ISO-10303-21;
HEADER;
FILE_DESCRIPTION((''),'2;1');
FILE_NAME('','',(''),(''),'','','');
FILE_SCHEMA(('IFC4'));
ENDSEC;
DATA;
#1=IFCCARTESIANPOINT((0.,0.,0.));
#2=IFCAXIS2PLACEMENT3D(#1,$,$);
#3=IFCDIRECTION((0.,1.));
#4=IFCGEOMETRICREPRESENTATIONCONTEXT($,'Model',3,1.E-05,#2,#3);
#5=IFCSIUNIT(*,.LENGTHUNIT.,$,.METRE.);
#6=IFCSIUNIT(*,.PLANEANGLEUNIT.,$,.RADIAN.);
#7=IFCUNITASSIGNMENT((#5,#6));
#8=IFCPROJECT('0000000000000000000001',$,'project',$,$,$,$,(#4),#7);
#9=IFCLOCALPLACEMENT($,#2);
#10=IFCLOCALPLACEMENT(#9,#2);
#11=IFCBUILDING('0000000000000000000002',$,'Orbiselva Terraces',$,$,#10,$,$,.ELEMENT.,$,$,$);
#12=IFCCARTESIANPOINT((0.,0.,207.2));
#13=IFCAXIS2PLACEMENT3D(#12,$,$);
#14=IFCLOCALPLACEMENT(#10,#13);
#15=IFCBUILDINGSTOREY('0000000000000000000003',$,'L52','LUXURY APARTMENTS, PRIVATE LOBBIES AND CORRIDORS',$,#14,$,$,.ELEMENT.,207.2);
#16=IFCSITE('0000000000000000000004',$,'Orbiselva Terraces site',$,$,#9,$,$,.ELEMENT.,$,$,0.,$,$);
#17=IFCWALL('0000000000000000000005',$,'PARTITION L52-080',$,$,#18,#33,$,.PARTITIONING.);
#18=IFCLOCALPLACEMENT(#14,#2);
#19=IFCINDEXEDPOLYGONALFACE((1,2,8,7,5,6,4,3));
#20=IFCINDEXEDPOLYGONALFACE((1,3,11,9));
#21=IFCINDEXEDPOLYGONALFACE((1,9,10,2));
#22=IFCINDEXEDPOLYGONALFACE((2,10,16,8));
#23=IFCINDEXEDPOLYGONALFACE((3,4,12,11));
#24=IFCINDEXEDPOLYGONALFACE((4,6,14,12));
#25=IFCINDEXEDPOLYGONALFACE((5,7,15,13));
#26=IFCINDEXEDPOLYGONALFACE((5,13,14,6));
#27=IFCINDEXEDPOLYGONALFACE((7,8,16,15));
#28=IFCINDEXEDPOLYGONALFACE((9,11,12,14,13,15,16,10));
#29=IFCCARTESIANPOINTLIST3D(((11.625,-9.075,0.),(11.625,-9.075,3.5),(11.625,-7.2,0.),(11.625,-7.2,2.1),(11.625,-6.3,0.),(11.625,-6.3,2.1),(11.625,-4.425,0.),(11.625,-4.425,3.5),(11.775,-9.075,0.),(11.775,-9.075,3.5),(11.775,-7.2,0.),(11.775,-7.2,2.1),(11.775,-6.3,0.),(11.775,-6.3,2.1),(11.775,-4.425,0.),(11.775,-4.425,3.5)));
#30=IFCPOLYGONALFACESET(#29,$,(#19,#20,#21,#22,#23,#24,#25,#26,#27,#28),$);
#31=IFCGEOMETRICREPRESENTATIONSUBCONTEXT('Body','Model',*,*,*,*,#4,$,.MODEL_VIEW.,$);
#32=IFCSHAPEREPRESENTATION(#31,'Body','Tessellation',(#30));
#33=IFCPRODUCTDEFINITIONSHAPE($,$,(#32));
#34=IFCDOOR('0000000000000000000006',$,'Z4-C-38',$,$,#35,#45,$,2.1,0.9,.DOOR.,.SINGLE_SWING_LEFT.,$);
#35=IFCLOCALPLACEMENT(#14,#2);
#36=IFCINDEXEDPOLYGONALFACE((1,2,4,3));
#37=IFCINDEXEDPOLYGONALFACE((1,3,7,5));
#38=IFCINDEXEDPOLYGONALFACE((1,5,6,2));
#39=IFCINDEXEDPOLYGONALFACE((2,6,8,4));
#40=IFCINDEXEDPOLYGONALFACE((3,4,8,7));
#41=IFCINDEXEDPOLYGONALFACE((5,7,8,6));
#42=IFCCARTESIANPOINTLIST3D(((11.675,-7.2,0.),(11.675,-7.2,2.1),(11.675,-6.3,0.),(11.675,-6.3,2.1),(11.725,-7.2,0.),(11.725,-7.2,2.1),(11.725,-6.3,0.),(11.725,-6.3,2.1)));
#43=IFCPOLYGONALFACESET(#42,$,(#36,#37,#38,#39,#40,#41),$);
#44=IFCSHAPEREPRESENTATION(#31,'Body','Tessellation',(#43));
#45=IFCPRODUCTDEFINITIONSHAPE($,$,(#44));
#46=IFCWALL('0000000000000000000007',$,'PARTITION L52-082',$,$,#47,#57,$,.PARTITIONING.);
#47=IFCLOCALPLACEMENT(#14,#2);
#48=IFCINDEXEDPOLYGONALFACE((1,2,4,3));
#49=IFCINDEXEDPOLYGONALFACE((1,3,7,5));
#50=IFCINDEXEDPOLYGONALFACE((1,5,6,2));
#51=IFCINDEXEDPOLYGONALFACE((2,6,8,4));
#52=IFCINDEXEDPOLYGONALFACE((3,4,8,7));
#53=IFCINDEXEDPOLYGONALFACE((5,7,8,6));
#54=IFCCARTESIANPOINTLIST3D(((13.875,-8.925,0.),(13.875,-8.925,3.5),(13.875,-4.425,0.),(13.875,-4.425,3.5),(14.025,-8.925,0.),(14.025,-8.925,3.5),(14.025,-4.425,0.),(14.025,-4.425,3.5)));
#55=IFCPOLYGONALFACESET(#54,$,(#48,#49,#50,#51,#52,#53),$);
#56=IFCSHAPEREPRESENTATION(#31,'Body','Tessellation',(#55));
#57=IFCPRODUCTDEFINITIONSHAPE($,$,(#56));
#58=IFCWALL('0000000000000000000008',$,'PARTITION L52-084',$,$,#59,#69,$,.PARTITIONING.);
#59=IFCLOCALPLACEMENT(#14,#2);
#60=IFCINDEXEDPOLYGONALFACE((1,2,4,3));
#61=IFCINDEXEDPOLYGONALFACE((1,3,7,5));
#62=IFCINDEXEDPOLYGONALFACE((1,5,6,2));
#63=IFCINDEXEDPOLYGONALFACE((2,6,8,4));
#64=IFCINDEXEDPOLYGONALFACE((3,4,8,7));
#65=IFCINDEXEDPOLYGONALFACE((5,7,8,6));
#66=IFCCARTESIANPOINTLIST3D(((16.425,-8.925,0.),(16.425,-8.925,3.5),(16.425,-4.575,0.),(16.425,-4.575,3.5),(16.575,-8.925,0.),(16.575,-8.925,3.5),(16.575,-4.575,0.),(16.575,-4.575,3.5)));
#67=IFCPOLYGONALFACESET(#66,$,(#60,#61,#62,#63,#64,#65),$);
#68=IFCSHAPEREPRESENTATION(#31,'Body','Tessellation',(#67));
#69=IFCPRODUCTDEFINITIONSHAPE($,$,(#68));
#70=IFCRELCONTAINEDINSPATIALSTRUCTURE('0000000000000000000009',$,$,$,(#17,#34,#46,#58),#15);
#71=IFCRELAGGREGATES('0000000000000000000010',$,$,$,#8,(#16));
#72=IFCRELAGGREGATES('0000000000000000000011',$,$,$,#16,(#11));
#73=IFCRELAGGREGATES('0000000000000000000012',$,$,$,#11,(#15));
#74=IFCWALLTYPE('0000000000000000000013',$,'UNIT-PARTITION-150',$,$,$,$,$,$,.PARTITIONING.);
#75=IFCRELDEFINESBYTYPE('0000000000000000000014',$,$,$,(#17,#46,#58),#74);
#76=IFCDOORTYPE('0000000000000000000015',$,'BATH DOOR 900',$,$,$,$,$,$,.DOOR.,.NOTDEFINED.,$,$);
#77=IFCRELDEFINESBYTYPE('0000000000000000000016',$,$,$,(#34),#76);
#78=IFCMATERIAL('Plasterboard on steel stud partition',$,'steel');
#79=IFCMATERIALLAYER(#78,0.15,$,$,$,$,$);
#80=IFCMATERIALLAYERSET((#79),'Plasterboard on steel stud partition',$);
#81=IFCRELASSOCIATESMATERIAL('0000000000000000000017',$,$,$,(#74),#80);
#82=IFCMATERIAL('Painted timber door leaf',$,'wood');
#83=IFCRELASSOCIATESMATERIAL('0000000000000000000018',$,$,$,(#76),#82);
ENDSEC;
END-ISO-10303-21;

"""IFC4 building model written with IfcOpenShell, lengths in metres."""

from ifc_helpers import new_model, si_unit, direction, frame, frame_2d, origin, place, context, subcontext, project, spatial, rectangle, extrude, material, layer, layer_set, type_object, element, fill, save


model = new_model("IFC4")

# Units and contexts
model_context = context("Model", 3, precision=1e-05, world=origin(), true_north=direction((0.0, 1.0)))
body_context = subcontext(model_context, "Body", "Model", "MODEL_VIEW")
ifc_project = project(units=[si_unit("LENGTHUNIT", "METRE"), si_unit("PLANEANGLEUNIT", "RADIAN")], contexts=[model_context])

# Site, building, storey
site_placement = place(None, origin())
site = spatial("IfcSite", under=ifc_project, at=site_placement, Name="Orbiselva Terraces site", CompositionType="ELEMENT", RefElevation=0.0)
building_placement = place(site_placement, origin())
building = spatial("IfcBuilding", under=site, at=building_placement, Name="Orbiselva Terraces", CompositionType="ELEMENT")
storey_placement = place(building_placement, frame((0.0, 0.0, 207.2)))
storey = spatial("IfcBuildingStorey", under=building, at=storey_placement, Name="L52", Description="LUXURY APARTMENTS, PRIVATE LOBBIES AND CORRIDORS", CompositionType="ELEMENT", Elevation=207.2)

# Shared definitions
ifc_material_1 = material(Name="Plasterboard on steel stud partition", Category="steel")

# Shared definitions
ifc_layer_1 = layer(ifc_material_1, 0.15)
ifc_layer_set_1 = layer_set([ifc_layer_1], Name="Plasterboard on steel stud partition")
wall_type_1 = type_object("IfcWallType", Name="UNIT-PARTITION-150", PredefinedType="PARTITIONING", material=ifc_layer_set_1)
ifc_material_2 = material(Name="Painted timber door leaf", Category="wood")

# Wall, opening, door
wall_1_placement = place(storey_placement, frame((11.7, -9.075, 0.0), z_axis=(0.0, 0.0, 1.0), x_axis=(0.0, 1.0, 0.0)))
wall_1 = element("IfcWall", 1, at=wall_1_placement, inside=storey, type_object=wall_type_1, Name="PARTITION L52-080", PredefinedType="PARTITIONING", context=body_context, shape_type="SweptSolid", body=[
    extrude(rectangle(XDim=4.65, YDim=0.15, at=frame_2d((2.325, 0.0))), origin(), (0.0, 0.0, 1.0), 3.5),
])
opening_1_placement = place(wall_1_placement, frame((1.875, 0.0, 0.0)))
opening_1 = element("IfcOpeningElement", 2, at=opening_1_placement, cuts=wall_1, PredefinedType="OPENING", context=body_context, shape_type="SweptSolid", body=[
    extrude(rectangle(XDim=0.9, YDim=2.1, at=frame_2d((0.45, 1.05))), frame((0.0, 0.085, 0.0), z_axis=(0.0, -1.0, 0.0), x_axis=(1.0, 0.0, 0.0)), (0.0, 0.0, 1.0), 0.17),
])
door_type_1 = type_object("IfcDoorType", Name="BATH DOOR 900", OperationType="NOTDEFINED", PredefinedType="DOOR", material=ifc_material_2)
door_1_placement = place(opening_1_placement, origin())
door_1 = element("IfcDoor", 3, at=door_1_placement, inside=storey, type_object=door_type_1, Name="Z4-C-38", OperationType="SINGLE_SWING_LEFT", OverallHeight=2.1, OverallWidth=0.9, PredefinedType="DOOR", context=body_context, shape_type="SweptSolid", body=[
    extrude(rectangle(XDim=0.9, YDim=2.1, at=frame_2d((0.45, 1.05))), frame((0.0, 0.025, 0.0), z_axis=(0.0, -1.0, 0.0), x_axis=(1.0, 0.0, 0.0)), (0.0, 0.0, 1.0), 0.05),
])
fill(opening_1, door_1)

# Walls
wall_2_placement = place(storey_placement, frame((13.95, -8.925, 0.0), z_axis=(0.0, 0.0, 1.0), x_axis=(0.0, 1.0, 0.0)))
element("IfcWall", 4, at=wall_2_placement, inside=storey, type_object=wall_type_1, Name="PARTITION L52-082", PredefinedType="PARTITIONING", context=body_context, shape_type="SweptSolid", body=[
    extrude(rectangle(XDim=4.5, YDim=0.15, at=frame_2d((2.25, 0.0))), origin(), (0.0, 0.0, 1.0), 3.5),
])
wall_3_placement = place(storey_placement, frame((16.5, -8.925, 0.0), z_axis=(0.0, 0.0, 1.0), x_axis=(0.0, 1.0, 0.0)))
element("IfcWall", 5, at=wall_3_placement, inside=storey, type_object=wall_type_1, Name="PARTITION L52-084", PredefinedType="PARTITIONING", context=body_context, shape_type="SweptSolid", body=[
    extrude(rectangle(XDim=4.35, YDim=0.15, at=frame_2d((2.175, 0.0))), origin(), (0.0, 0.0, 1.0), 3.5),
])

save(model, "model.ifc")
